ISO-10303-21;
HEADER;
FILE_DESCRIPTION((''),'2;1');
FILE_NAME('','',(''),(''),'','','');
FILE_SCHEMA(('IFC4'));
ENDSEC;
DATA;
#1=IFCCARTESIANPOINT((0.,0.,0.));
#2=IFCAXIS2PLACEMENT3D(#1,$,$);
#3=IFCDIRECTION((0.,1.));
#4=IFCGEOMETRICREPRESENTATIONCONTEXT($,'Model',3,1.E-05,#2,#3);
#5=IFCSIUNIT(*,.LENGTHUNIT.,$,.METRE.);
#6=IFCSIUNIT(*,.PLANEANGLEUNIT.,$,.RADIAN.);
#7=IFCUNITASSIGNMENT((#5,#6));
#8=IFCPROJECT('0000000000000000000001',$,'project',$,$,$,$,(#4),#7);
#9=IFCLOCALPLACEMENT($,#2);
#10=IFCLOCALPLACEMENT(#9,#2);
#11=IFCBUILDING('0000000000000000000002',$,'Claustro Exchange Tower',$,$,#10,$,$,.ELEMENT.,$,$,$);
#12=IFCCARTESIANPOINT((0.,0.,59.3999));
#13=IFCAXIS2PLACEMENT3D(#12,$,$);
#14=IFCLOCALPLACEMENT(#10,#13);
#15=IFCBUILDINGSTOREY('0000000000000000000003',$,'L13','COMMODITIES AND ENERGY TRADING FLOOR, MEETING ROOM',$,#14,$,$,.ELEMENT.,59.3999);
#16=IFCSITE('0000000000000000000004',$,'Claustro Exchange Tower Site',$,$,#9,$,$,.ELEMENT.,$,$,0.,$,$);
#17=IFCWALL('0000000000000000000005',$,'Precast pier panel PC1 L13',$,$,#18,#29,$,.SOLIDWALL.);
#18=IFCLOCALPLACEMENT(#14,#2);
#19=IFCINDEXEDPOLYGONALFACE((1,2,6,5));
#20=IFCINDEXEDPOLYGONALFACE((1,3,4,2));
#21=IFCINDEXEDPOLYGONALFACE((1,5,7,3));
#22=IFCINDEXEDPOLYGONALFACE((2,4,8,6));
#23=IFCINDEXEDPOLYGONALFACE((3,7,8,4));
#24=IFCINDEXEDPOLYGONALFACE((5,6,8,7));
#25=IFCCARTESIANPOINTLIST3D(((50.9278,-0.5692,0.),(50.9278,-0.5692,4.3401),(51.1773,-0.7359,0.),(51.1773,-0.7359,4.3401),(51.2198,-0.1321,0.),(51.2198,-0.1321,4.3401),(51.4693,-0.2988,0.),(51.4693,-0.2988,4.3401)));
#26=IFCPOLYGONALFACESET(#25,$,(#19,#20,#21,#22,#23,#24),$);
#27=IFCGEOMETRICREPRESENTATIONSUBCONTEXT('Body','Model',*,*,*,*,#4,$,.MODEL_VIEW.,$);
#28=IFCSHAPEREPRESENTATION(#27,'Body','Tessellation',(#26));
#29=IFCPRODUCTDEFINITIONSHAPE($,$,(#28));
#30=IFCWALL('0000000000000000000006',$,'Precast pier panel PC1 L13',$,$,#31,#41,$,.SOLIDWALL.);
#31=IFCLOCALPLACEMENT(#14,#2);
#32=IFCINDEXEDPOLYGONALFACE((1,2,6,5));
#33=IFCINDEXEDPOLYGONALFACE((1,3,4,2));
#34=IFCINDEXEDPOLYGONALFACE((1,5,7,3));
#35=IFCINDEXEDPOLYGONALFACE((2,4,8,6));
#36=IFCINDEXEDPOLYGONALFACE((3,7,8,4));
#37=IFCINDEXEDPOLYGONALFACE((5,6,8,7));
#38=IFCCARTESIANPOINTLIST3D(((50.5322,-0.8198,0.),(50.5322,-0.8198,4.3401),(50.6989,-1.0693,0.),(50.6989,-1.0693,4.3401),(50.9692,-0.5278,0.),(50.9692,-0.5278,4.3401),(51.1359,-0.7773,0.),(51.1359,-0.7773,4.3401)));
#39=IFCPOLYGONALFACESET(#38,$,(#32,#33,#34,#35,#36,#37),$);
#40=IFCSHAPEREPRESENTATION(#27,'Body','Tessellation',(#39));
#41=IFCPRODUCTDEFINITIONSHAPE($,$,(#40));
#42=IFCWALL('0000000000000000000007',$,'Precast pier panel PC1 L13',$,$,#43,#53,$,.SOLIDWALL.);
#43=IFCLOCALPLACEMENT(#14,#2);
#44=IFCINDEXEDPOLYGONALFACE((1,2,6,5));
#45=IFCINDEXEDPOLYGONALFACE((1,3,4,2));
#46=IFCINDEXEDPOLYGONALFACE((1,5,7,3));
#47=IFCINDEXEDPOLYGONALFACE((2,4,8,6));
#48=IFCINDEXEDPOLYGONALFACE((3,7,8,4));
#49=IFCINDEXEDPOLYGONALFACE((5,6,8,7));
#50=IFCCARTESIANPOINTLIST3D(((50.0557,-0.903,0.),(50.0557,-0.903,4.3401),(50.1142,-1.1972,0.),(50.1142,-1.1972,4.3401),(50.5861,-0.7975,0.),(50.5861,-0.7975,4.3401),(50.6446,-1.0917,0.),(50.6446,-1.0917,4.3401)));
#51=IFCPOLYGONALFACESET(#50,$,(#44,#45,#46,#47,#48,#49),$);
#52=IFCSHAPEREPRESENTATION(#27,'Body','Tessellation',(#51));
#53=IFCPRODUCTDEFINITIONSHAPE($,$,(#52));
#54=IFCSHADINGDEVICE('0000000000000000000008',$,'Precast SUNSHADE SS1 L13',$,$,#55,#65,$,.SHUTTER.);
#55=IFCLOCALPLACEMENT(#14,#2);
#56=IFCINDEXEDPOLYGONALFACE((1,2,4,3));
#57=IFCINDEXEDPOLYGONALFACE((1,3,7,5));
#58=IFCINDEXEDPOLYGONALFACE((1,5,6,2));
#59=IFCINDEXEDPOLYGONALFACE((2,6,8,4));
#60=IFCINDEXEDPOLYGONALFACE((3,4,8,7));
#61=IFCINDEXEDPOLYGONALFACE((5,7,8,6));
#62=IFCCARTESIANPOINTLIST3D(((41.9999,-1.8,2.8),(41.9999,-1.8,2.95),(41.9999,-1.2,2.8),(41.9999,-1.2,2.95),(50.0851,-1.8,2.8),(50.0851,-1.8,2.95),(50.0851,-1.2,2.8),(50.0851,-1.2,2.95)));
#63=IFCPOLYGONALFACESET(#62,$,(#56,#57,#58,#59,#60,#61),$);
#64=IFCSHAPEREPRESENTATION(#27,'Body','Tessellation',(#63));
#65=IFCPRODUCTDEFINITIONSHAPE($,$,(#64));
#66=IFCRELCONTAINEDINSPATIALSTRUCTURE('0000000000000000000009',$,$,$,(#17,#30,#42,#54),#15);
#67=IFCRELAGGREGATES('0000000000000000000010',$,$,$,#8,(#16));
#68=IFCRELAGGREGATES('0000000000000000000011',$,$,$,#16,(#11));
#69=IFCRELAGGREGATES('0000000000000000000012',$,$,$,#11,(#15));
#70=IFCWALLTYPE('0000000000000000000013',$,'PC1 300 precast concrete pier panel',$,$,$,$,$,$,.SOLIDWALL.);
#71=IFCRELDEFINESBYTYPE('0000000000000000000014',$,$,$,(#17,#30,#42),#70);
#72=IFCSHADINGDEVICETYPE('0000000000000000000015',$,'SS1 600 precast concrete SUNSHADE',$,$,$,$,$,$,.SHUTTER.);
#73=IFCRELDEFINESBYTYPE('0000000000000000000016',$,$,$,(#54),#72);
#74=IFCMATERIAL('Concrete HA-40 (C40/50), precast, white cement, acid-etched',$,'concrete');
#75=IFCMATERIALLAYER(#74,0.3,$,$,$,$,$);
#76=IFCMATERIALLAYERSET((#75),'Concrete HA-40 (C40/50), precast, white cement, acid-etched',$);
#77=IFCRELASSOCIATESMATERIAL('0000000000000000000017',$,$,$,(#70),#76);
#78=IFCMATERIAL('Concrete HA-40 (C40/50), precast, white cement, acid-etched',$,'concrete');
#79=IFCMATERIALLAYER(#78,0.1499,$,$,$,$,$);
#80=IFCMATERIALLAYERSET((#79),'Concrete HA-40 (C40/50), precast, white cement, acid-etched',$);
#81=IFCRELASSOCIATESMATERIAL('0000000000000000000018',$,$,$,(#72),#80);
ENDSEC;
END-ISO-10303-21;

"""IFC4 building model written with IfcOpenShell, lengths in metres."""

from ifc_helpers import new_model, si_unit, direction, frame, frame_2d, origin, origin_2d, place, context, subcontext, project, spatial, rectangle, extrude, material, layer, layer_set, type_object, element, save


model = new_model("IFC4")

# Units and contexts
model_context = context("Model", 3, precision=1e-05, world=origin(), true_north=direction((0.0, 1.0)))
body_context = subcontext(model_context, "Body", "Model", "MODEL_VIEW")
ifc_project = project(units=[si_unit("LENGTHUNIT", "METRE"), si_unit("PLANEANGLEUNIT", "RADIAN")], contexts=[model_context])

# Site, building, storey
site_placement = place(None, origin())
site = spatial("IfcSite", under=ifc_project, at=site_placement, Name="Claustro Exchange Tower Site", CompositionType="ELEMENT", RefElevation=0.0)
building_placement = place(site_placement, origin())
building = spatial("IfcBuilding", under=site, at=building_placement, Name="Claustro Exchange Tower", CompositionType="ELEMENT")
storey_placement = place(building_placement, frame((0.0, 0.0, 59.3999)))
storey = spatial("IfcBuildingStorey", under=building, at=storey_placement, Name="L13", Description="COMMODITIES AND ENERGY TRADING FLOOR, MEETING ROOM", CompositionType="ELEMENT", Elevation=59.3999)

# Shared definitions
ifc_material_1 = material(Name="Concrete HA-40 (C40/50), precast, white cement, acid-etched", Category="concrete")
ifc_layer_1 = layer(ifc_material_1, 0.3)
ifc_layer_set_1 = layer_set([ifc_layer_1], Name="Concrete HA-40 (C40/50), precast, white cement, acid-etched")
wall_type_1 = type_object("IfcWallType", Name="PC1 300 precast concrete pier panel", PredefinedType="SOLIDWALL", material=ifc_layer_set_1)

# Walls
for number, where, z_axis, x_axis, name in (
    (1, (51.3445, -0.2156, 0.0), (0.0, 0.0, 1.0), (-0.555557, -0.831478, 0.0), "Precast pier panel PC1 L13"),
    (2, (51.0525, -0.6526, 0.0), (0.0, 0.0, 1.0), (-0.831478, -0.555557, 0.0), "Precast pier panel PC1 L13"),
):
    element("IfcWall", number, at=place(storey_placement, frame(where, z_axis=z_axis, x_axis=x_axis)), inside=storey, type_object=wall_type_1, Name=name, PredefinedType="SOLIDWALL", context=body_context, shape_type="SweptSolid", body=[
        extrude(rectangle(XDim=0.5256, YDim=0.3, at=frame_2d((0.2627, 0.0))), origin(), (0.0, 0.0, 1.0), 4.3401),
    ])
wall_1_placement = place(storey_placement, frame((50.6155, -0.9446, 0.0), z_axis=(0.0, 0.0, 1.0), x_axis=(-0.980789, -0.195074, 0.0)))
element("IfcWall", 3, at=wall_1_placement, inside=storey, type_object=wall_type_1, Name="Precast pier panel PC1 L13", PredefinedType="SOLIDWALL", context=body_context, shape_type="SweptSolid", body=[
    extrude(rectangle(XDim=0.5408, YDim=0.3, at=frame_2d((0.2705, 0.0))), origin(), (0.0, 0.0, 1.0), 4.3401),
])

# Shading device
ifc_material_2 = material(Name="Concrete HA-40 (C40/50), precast, white cement, acid-etched", Category="concrete")
ifc_layer_2 = layer(ifc_material_2, 0.1499)
ifc_layer_set_2 = layer_set([ifc_layer_2], Name="Concrete HA-40 (C40/50), precast, white cement, acid-etched")
shading_device_type = type_object("IfcShadingDeviceType", Name="SS1 600 precast concrete SUNSHADE", PredefinedType="SHUTTER", material=ifc_layer_set_2)
shading_device_placement = place(storey_placement, frame((46.0425, -1.5, 2.8), z_axis=(0.0, 0.0, 1.0), x_axis=(-1.0, 0.0, 0.0)))
element("IfcShadingDevice", 4, at=shading_device_placement, inside=storey, type_object=shading_device_type, Name="Precast SUNSHADE SS1 L13", PredefinedType="SHUTTER", context=body_context, shape_type="SweptSolid", body=[
    extrude(rectangle(XDim=8.0852, YDim=0.6001, at=origin_2d()), origin(), (0.0, 0.0, 1.0), 0.1499),
])

save(model, "model.ifc")
